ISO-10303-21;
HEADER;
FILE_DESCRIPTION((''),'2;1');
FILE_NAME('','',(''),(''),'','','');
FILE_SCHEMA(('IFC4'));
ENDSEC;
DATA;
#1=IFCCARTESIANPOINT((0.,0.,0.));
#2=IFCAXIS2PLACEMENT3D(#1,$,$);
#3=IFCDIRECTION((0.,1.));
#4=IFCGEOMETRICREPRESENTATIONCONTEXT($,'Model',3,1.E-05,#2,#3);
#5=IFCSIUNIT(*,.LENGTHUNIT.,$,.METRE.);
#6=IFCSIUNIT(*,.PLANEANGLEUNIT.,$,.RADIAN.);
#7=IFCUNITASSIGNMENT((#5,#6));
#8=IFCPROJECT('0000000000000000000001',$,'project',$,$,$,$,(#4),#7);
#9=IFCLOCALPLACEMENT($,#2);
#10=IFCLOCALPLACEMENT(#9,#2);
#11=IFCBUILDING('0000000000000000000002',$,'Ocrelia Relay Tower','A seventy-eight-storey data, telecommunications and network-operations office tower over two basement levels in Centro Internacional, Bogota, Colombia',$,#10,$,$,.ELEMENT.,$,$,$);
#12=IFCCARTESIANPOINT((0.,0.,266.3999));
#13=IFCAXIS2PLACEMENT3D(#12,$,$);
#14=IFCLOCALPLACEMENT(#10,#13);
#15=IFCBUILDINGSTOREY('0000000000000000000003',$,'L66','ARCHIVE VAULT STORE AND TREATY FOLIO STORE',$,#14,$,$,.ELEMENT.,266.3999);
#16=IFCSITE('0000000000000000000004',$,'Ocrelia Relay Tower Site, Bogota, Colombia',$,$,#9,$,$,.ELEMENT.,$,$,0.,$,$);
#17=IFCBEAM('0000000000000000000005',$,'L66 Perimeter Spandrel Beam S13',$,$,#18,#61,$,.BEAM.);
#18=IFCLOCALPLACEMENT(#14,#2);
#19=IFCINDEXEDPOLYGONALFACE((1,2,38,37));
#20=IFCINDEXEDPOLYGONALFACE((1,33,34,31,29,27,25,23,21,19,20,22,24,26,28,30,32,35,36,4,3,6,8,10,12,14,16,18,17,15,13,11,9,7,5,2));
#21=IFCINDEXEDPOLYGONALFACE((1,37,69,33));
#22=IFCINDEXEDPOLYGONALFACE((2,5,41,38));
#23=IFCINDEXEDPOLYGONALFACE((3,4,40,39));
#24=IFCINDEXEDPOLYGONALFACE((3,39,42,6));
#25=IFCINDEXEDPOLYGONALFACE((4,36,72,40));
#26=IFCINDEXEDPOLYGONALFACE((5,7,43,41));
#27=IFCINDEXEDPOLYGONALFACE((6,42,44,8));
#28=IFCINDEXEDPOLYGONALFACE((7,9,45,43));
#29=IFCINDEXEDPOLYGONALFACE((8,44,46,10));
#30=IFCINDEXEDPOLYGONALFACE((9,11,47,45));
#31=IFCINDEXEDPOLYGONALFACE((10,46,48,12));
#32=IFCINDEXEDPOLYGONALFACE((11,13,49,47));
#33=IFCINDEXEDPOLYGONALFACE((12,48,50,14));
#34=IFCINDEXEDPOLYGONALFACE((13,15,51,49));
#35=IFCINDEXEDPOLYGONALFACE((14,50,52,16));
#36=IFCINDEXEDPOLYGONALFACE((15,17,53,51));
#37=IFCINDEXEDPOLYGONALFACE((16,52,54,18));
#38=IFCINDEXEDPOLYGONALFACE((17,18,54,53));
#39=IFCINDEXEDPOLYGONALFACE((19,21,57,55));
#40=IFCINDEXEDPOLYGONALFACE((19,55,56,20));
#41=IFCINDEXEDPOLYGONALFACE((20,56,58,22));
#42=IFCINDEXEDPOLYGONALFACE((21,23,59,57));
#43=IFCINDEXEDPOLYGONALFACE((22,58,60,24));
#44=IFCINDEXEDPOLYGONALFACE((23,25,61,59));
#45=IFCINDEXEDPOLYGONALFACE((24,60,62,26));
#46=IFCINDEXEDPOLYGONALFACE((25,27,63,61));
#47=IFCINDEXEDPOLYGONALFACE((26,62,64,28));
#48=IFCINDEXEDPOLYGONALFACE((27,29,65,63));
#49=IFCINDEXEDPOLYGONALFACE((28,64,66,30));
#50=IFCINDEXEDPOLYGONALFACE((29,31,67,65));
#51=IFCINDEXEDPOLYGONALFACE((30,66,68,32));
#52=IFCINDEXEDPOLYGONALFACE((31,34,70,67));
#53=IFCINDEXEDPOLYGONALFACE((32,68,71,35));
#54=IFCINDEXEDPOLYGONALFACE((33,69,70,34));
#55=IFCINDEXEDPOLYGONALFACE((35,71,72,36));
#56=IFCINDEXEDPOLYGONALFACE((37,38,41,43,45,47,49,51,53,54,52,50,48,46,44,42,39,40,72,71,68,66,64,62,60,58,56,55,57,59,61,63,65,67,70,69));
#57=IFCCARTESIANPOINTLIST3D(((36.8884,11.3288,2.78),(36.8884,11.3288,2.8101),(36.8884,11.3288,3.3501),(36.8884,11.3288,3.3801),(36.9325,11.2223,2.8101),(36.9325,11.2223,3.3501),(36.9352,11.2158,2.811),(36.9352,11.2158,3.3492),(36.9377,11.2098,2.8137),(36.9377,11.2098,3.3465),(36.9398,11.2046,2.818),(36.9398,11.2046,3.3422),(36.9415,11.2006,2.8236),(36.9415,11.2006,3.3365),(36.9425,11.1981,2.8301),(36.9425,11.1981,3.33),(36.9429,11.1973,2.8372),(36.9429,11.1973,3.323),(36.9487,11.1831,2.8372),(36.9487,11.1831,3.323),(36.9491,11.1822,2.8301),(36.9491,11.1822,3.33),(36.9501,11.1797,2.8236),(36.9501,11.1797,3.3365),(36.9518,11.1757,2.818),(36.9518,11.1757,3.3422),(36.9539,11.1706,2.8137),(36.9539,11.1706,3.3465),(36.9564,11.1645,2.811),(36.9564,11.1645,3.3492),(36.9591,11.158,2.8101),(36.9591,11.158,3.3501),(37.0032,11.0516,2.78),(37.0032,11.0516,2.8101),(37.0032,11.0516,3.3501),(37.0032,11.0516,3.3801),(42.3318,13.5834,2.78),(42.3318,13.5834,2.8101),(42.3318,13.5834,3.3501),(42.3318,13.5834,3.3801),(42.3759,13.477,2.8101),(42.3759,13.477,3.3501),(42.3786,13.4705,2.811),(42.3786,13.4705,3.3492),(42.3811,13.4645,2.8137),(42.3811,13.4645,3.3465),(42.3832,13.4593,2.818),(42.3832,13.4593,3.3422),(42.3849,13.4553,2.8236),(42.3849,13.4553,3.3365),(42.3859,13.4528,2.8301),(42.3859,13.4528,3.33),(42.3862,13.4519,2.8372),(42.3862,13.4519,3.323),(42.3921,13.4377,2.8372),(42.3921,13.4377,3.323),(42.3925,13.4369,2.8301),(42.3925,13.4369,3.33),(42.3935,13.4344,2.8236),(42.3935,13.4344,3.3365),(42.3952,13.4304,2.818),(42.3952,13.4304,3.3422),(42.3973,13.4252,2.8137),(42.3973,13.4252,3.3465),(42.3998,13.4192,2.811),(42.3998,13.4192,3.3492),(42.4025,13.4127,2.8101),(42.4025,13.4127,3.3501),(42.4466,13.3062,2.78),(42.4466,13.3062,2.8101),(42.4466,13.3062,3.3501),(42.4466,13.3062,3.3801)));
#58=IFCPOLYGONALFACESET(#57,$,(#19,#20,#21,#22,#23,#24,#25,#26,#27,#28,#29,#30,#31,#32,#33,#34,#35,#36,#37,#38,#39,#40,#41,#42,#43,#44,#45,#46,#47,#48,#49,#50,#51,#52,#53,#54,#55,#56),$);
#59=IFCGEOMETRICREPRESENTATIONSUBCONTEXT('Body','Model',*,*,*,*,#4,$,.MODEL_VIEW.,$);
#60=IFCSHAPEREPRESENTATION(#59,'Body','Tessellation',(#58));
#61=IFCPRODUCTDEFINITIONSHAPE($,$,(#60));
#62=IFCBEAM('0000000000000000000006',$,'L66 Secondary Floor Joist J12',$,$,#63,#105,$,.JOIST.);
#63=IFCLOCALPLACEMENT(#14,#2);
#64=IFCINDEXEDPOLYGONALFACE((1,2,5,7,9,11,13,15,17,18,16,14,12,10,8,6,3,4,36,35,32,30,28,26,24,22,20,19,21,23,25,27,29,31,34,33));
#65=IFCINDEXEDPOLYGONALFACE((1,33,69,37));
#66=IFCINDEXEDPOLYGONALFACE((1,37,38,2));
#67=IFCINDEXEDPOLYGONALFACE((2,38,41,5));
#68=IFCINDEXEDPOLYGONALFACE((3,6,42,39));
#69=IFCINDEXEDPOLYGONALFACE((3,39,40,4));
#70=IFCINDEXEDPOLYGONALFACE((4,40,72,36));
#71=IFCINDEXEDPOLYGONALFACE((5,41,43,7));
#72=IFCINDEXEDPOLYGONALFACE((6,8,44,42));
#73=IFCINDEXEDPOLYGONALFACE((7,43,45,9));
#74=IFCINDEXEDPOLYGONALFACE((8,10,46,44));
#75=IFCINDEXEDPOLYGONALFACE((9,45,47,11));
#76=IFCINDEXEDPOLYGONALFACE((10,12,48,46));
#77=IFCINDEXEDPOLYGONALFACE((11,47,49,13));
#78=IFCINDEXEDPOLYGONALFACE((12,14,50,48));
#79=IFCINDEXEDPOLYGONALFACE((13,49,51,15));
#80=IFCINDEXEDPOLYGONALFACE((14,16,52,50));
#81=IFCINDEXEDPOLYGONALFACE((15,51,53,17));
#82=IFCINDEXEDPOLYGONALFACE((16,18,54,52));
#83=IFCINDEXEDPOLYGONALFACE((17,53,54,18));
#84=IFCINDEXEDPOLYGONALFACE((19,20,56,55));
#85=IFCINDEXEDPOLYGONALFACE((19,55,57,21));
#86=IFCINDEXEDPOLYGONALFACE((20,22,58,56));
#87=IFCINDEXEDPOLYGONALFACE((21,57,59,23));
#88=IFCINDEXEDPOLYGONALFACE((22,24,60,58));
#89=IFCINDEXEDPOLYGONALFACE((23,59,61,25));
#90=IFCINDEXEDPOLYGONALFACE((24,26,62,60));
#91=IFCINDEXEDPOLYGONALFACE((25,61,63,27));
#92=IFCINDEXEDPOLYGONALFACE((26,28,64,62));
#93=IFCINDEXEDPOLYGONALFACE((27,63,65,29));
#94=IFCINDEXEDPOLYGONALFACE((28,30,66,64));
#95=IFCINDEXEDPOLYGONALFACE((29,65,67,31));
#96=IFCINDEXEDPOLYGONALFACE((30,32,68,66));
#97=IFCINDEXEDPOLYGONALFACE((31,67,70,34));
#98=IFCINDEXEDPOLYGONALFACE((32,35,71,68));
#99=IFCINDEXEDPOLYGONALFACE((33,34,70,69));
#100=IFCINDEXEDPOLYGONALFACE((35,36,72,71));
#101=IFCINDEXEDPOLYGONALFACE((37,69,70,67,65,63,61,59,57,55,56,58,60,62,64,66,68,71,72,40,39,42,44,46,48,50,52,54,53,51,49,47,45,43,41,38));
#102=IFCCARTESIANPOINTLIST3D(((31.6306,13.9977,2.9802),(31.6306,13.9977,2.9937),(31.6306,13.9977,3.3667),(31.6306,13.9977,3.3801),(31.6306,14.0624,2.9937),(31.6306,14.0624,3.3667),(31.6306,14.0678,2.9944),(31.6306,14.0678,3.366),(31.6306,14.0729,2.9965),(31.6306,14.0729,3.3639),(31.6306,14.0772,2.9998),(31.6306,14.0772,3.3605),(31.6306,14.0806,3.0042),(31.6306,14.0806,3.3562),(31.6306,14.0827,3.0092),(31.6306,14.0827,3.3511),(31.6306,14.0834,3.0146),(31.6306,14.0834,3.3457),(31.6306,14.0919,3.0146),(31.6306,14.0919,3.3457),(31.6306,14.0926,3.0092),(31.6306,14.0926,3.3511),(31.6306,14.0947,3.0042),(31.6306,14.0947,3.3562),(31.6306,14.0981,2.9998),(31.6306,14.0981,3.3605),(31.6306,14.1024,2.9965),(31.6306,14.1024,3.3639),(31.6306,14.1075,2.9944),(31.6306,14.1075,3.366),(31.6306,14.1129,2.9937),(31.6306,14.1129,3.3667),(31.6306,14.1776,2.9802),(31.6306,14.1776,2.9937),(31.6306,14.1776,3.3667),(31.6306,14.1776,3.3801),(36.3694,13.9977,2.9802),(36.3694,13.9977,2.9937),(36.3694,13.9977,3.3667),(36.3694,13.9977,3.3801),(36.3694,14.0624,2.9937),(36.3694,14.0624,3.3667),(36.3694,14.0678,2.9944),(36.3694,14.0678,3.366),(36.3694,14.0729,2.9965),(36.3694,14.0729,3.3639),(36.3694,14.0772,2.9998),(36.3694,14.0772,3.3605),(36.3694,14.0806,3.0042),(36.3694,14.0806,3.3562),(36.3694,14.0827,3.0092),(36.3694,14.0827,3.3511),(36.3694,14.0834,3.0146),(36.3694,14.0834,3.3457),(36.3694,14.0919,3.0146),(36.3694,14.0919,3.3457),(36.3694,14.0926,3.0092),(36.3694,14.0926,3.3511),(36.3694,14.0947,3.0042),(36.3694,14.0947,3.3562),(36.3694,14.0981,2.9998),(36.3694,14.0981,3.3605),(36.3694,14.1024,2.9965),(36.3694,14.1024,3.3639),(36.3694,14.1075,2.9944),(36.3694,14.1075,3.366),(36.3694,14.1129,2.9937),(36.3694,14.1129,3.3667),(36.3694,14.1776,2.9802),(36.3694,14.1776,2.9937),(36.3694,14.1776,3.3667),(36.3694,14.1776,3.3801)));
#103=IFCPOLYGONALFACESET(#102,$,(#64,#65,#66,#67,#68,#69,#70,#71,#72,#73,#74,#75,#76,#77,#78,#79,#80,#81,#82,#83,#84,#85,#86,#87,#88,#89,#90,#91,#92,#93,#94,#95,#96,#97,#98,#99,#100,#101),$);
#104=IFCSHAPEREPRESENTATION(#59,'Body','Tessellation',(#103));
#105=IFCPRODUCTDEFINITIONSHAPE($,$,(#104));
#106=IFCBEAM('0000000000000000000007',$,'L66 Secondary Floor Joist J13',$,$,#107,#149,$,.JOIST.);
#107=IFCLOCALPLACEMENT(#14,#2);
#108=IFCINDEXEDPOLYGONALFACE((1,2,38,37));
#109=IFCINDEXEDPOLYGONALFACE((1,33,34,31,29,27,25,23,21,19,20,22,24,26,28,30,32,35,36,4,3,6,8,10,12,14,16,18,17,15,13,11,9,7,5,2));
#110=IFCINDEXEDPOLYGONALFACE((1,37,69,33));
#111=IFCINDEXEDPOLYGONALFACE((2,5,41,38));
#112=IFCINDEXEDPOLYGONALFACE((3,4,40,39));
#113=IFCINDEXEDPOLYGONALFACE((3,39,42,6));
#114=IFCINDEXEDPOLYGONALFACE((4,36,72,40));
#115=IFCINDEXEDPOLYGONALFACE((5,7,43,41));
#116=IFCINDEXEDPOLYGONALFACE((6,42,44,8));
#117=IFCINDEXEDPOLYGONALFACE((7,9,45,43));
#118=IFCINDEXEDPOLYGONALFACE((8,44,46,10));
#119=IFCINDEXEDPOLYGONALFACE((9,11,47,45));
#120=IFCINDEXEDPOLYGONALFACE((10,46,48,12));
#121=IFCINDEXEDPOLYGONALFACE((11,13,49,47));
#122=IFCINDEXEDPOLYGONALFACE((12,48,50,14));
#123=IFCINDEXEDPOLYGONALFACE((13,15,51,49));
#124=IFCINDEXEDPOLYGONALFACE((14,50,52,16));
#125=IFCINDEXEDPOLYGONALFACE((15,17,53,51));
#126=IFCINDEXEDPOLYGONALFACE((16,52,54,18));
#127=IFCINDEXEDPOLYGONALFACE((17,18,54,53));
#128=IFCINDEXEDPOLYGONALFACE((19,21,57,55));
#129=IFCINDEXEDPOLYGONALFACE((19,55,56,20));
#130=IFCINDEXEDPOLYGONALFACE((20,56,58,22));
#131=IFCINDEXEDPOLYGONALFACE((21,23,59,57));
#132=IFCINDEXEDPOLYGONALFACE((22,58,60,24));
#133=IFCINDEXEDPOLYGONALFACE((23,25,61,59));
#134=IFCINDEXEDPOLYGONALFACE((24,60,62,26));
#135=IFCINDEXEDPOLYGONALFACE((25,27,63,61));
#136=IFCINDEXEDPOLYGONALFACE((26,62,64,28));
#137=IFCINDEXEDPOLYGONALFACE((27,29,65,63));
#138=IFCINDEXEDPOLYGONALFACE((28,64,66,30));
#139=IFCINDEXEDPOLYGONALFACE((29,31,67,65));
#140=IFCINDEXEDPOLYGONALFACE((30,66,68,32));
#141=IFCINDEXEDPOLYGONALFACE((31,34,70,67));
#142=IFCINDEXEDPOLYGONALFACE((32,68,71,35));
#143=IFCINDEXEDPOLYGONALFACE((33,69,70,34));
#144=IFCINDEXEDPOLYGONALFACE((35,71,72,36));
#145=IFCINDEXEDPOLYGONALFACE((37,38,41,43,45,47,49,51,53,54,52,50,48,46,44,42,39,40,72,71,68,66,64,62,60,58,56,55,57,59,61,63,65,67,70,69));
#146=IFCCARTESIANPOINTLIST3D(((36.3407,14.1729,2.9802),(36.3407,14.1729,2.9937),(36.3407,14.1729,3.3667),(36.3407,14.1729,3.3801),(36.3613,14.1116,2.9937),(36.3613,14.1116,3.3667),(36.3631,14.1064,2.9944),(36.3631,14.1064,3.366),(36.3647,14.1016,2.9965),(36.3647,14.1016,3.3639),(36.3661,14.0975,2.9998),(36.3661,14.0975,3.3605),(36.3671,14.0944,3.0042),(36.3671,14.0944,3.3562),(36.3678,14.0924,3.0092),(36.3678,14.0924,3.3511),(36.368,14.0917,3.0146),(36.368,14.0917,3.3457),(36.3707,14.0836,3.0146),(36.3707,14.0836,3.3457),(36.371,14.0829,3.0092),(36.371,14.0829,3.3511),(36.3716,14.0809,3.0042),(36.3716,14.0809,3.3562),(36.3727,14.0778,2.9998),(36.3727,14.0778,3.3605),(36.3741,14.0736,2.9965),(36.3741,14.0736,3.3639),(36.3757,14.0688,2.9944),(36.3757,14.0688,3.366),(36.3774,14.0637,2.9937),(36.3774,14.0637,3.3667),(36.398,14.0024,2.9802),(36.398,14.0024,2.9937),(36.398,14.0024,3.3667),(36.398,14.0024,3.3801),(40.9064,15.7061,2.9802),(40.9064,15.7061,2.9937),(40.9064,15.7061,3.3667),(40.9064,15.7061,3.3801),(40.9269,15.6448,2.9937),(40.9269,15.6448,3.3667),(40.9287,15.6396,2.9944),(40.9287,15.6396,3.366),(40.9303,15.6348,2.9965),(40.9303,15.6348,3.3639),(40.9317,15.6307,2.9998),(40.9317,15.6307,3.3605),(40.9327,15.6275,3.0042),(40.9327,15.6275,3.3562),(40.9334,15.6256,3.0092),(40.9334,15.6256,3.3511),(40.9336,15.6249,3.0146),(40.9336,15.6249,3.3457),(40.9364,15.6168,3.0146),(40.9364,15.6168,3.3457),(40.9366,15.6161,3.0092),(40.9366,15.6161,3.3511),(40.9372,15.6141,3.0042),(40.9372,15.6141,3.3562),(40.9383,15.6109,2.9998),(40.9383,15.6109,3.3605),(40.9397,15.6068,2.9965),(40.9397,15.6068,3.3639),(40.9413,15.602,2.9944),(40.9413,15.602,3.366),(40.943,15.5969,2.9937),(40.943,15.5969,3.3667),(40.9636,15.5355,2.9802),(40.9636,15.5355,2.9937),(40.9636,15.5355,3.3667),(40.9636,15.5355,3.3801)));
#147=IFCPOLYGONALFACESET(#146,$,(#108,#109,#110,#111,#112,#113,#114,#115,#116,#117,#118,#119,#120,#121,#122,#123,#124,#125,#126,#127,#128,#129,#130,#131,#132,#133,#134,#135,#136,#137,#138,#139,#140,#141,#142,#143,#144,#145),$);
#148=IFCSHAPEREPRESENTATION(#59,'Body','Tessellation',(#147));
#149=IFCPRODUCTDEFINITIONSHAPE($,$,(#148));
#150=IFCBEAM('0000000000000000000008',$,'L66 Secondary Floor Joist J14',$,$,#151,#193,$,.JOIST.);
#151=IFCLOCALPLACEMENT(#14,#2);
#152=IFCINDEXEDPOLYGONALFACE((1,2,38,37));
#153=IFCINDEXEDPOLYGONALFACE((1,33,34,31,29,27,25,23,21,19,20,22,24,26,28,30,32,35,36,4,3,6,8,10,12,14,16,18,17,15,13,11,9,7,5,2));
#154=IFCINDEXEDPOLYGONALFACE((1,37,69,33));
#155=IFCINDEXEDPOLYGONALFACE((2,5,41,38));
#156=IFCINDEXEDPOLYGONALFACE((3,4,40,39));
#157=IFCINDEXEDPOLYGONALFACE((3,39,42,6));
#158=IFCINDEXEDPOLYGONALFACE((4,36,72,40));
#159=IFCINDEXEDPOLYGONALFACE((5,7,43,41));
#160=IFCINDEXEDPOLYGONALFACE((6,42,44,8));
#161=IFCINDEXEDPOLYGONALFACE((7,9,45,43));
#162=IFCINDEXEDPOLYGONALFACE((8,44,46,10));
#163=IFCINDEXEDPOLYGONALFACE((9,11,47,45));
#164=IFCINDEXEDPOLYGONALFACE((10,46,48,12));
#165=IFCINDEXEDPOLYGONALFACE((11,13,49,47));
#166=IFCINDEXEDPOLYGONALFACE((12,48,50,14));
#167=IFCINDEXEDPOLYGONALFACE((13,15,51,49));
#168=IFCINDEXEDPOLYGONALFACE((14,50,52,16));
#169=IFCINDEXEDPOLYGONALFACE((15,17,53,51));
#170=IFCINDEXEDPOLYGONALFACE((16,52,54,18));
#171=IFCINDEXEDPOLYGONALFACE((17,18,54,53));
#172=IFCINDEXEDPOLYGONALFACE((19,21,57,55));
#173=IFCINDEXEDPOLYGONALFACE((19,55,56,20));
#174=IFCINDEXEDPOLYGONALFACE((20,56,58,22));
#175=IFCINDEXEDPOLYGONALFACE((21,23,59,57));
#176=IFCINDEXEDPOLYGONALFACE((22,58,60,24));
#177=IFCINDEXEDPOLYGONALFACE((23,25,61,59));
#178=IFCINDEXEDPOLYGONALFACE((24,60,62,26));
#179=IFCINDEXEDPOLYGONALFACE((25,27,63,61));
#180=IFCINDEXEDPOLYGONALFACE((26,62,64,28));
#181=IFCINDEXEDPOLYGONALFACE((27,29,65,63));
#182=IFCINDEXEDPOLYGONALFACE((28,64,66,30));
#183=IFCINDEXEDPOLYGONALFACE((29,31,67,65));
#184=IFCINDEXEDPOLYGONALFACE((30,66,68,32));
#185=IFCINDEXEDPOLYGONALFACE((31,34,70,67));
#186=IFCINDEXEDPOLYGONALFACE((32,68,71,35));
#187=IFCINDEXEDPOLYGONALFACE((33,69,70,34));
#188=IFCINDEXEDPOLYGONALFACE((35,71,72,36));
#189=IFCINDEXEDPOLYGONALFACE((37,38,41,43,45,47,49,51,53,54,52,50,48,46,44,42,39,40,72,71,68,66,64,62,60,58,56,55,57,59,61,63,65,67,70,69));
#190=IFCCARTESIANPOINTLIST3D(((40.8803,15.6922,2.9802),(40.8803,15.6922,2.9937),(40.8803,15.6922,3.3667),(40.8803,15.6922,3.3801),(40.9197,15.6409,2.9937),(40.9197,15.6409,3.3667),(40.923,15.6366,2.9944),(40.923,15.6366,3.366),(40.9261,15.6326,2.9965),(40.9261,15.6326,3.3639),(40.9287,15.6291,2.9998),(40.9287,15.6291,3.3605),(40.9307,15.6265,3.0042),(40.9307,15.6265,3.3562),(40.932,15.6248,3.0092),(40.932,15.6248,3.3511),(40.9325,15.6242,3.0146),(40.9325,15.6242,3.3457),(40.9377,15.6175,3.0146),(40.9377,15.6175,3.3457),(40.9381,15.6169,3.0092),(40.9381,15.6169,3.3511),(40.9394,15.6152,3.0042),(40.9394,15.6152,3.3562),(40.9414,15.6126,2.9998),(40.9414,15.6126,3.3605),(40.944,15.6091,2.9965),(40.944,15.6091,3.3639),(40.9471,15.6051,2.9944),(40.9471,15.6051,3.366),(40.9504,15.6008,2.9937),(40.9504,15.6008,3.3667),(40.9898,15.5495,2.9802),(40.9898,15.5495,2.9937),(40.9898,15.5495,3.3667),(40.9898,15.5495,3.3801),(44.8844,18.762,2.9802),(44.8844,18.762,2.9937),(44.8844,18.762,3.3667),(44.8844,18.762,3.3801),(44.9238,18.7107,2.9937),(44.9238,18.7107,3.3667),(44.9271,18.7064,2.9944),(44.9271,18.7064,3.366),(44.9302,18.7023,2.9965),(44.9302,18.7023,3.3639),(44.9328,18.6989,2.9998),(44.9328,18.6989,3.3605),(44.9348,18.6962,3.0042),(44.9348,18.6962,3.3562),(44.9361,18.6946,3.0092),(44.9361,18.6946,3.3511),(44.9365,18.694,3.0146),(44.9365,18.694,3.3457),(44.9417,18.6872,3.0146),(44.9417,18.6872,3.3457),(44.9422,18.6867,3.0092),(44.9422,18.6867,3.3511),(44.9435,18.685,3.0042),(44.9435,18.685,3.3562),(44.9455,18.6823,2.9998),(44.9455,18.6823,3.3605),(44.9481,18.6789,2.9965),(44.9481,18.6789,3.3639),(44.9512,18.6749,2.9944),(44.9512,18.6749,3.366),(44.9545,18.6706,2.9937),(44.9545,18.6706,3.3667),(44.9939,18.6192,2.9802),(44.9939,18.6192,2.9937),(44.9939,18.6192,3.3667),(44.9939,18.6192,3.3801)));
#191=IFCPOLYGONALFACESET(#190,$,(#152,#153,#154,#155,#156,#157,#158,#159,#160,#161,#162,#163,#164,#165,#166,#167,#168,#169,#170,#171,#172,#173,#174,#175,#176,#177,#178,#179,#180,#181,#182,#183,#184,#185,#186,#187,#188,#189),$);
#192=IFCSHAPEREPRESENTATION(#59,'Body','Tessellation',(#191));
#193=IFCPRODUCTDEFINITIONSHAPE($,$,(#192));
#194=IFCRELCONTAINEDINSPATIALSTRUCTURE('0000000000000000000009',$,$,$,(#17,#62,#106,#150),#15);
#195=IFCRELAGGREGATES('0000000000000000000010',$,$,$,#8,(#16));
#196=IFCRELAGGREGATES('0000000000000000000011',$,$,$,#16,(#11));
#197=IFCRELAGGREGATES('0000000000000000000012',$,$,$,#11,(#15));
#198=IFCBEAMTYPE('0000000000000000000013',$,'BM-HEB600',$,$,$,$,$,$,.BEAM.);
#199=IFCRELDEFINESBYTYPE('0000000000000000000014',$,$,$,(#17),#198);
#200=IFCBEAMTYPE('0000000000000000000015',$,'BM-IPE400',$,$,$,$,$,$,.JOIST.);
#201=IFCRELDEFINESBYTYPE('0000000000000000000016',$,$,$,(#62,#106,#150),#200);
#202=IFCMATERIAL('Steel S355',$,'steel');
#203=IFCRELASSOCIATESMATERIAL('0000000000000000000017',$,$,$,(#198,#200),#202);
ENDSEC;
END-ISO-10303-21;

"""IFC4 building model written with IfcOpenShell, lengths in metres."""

from ifc_helpers import new_model, si_unit, direction, frame, origin, origin_2d, place, context, subcontext, project, spatial, i_section, extrude, material, material_profile, profile_set, type_object, element, save


model = new_model("IFC4")

# Units and contexts
model_context = context("Model", 3, precision=1e-05, world=origin(), true_north=direction((0.0, 1.0)))
body_context = subcontext(model_context, "Body", "Model", "MODEL_VIEW")
ifc_project = project(units=[si_unit("LENGTHUNIT", "METRE"), si_unit("PLANEANGLEUNIT", "RADIAN")], contexts=[model_context])

# Site, building, storey
site_placement = place(None, origin())
site = spatial("IfcSite", under=ifc_project, at=site_placement, Name="Ocrelia Relay Tower Site, Bogota, Colombia", CompositionType="ELEMENT", RefElevation=0.0)
building_placement = place(site_placement, origin())
building = spatial("IfcBuilding", under=site, at=building_placement, Name="Ocrelia Relay Tower", Description="A seventy-eight-storey data, telecommunications and network-operations office tower over two basement levels in Centro Internacional, Bogota, Colombia", CompositionType="ELEMENT")
storey_placement = place(building_placement, frame((0.0, 0.0, 266.3999)))
storey = spatial("IfcBuildingStorey", under=building, at=storey_placement, Name="L66", Description="ARCHIVE VAULT STORE AND TREATY FOLIO STORE", CompositionType="ELEMENT", Elevation=266.3999)

# Beams
ifc_material_1 = material(Name="Steel S355", Category="steel")
ifc_material_profile_1 = material_profile(ifc_material_1, i_section(OverallWidth=0.3, OverallDepth=0.6001, WebThickness=0.0154, FlangeThickness=0.03, FilletRadius=0.0271, at=origin_2d()), Name="HEB 600")
ifc_profile_set_1 = profile_set([ifc_material_profile_1], Name="Steel S355")
beam_type_1 = type_object("IfcBeamType", Name="BM-HEB600", PredefinedType="BEAM", material=ifc_profile_set_1)
beam_1_placement = place(storey_placement, frame((36.9458, 11.1902, 3.0801), z_axis=(0.923884, 0.382673, 0.0), x_axis=(-0.382673, 0.923884, 0.0)))
element("IfcBeam", 1, at=beam_1_placement, inside=storey, type_object=beam_type_1, Name="L66 Perimeter Spandrel Beam S13", PredefinedType="BEAM", context=body_context, shape_type="SweptSolid", body=[
    extrude(i_section(OverallWidth=0.3, OverallDepth=0.6001, WebThickness=0.0154, FlangeThickness=0.03, FilletRadius=0.0271, at=origin_2d()), origin(), (0.0, 0.0, 1.0), 5.8918),
])
ifc_material_profile_2 = material_profile(ifc_material_1, i_section(OverallWidth=0.1799, OverallDepth=0.3999, WebThickness=0.0085, FlangeThickness=0.0134, FilletRadius=0.021, at=origin_2d()), Name="IPE 400")
ifc_profile_set_2 = profile_set([ifc_material_profile_2], Name="Steel S355")
beam_type_2 = type_object("IfcBeamType", Name="BM-IPE400", PredefinedType="JOIST", material=ifc_profile_set_2)
beam_2_placement = place(storey_placement, frame((31.6306, 14.0876, 3.1802), z_axis=(1.0, 0.0, 0.0), x_axis=(0.0, 1.0, 0.0)))
element("IfcBeam", 2, at=beam_2_placement, inside=storey, type_object=beam_type_2, Name="L66 Secondary Floor Joist J12", PredefinedType="JOIST", context=body_context, shape_type="SweptSolid", body=[
    extrude(i_section(OverallWidth=0.1799, OverallDepth=0.3999, WebThickness=0.0085, FlangeThickness=0.0134, FilletRadius=0.021, at=origin_2d()), origin(), (0.0, 0.0, 1.0), 4.7388),
])
beam_3_placement = place(storey_placement, frame((36.3694, 14.0876, 3.1802), z_axis=(0.947976, 0.318341, 0.0), x_axis=(-0.318341, 0.947976, 0.0)))
element("IfcBeam", 3, at=beam_3_placement, inside=storey, type_object=beam_type_2, Name="L66 Secondary Floor Joist J13", PredefinedType="JOIST", context=body_context, shape_type="SweptSolid", body=[
    extrude(i_section(OverallWidth=0.1799, OverallDepth=0.3999, WebThickness=0.0085, FlangeThickness=0.0134, FilletRadius=0.021, at=origin_2d()), origin(), (0.0, 0.0, 1.0), 4.8162),
])
beam_4_placement = place(storey_placement, frame((40.9351, 15.6208, 3.1802), z_axis=(0.793609, 0.608428, 0.0), x_axis=(-0.608428, 0.793609, 0.0)))
element("IfcBeam", 4, at=beam_4_placement, inside=storey, type_object=beam_type_2, Name="L66 Secondary Floor Joist J14", PredefinedType="JOIST", context=body_context, shape_type="SweptSolid", body=[
    extrude(i_section(OverallWidth=0.1799, OverallDepth=0.3999, WebThickness=0.0085, FlangeThickness=0.0134, FilletRadius=0.021, at=origin_2d()), origin(), (0.0, 0.0, 1.0), 5.0454),
])

save(model, "model.ifc")
